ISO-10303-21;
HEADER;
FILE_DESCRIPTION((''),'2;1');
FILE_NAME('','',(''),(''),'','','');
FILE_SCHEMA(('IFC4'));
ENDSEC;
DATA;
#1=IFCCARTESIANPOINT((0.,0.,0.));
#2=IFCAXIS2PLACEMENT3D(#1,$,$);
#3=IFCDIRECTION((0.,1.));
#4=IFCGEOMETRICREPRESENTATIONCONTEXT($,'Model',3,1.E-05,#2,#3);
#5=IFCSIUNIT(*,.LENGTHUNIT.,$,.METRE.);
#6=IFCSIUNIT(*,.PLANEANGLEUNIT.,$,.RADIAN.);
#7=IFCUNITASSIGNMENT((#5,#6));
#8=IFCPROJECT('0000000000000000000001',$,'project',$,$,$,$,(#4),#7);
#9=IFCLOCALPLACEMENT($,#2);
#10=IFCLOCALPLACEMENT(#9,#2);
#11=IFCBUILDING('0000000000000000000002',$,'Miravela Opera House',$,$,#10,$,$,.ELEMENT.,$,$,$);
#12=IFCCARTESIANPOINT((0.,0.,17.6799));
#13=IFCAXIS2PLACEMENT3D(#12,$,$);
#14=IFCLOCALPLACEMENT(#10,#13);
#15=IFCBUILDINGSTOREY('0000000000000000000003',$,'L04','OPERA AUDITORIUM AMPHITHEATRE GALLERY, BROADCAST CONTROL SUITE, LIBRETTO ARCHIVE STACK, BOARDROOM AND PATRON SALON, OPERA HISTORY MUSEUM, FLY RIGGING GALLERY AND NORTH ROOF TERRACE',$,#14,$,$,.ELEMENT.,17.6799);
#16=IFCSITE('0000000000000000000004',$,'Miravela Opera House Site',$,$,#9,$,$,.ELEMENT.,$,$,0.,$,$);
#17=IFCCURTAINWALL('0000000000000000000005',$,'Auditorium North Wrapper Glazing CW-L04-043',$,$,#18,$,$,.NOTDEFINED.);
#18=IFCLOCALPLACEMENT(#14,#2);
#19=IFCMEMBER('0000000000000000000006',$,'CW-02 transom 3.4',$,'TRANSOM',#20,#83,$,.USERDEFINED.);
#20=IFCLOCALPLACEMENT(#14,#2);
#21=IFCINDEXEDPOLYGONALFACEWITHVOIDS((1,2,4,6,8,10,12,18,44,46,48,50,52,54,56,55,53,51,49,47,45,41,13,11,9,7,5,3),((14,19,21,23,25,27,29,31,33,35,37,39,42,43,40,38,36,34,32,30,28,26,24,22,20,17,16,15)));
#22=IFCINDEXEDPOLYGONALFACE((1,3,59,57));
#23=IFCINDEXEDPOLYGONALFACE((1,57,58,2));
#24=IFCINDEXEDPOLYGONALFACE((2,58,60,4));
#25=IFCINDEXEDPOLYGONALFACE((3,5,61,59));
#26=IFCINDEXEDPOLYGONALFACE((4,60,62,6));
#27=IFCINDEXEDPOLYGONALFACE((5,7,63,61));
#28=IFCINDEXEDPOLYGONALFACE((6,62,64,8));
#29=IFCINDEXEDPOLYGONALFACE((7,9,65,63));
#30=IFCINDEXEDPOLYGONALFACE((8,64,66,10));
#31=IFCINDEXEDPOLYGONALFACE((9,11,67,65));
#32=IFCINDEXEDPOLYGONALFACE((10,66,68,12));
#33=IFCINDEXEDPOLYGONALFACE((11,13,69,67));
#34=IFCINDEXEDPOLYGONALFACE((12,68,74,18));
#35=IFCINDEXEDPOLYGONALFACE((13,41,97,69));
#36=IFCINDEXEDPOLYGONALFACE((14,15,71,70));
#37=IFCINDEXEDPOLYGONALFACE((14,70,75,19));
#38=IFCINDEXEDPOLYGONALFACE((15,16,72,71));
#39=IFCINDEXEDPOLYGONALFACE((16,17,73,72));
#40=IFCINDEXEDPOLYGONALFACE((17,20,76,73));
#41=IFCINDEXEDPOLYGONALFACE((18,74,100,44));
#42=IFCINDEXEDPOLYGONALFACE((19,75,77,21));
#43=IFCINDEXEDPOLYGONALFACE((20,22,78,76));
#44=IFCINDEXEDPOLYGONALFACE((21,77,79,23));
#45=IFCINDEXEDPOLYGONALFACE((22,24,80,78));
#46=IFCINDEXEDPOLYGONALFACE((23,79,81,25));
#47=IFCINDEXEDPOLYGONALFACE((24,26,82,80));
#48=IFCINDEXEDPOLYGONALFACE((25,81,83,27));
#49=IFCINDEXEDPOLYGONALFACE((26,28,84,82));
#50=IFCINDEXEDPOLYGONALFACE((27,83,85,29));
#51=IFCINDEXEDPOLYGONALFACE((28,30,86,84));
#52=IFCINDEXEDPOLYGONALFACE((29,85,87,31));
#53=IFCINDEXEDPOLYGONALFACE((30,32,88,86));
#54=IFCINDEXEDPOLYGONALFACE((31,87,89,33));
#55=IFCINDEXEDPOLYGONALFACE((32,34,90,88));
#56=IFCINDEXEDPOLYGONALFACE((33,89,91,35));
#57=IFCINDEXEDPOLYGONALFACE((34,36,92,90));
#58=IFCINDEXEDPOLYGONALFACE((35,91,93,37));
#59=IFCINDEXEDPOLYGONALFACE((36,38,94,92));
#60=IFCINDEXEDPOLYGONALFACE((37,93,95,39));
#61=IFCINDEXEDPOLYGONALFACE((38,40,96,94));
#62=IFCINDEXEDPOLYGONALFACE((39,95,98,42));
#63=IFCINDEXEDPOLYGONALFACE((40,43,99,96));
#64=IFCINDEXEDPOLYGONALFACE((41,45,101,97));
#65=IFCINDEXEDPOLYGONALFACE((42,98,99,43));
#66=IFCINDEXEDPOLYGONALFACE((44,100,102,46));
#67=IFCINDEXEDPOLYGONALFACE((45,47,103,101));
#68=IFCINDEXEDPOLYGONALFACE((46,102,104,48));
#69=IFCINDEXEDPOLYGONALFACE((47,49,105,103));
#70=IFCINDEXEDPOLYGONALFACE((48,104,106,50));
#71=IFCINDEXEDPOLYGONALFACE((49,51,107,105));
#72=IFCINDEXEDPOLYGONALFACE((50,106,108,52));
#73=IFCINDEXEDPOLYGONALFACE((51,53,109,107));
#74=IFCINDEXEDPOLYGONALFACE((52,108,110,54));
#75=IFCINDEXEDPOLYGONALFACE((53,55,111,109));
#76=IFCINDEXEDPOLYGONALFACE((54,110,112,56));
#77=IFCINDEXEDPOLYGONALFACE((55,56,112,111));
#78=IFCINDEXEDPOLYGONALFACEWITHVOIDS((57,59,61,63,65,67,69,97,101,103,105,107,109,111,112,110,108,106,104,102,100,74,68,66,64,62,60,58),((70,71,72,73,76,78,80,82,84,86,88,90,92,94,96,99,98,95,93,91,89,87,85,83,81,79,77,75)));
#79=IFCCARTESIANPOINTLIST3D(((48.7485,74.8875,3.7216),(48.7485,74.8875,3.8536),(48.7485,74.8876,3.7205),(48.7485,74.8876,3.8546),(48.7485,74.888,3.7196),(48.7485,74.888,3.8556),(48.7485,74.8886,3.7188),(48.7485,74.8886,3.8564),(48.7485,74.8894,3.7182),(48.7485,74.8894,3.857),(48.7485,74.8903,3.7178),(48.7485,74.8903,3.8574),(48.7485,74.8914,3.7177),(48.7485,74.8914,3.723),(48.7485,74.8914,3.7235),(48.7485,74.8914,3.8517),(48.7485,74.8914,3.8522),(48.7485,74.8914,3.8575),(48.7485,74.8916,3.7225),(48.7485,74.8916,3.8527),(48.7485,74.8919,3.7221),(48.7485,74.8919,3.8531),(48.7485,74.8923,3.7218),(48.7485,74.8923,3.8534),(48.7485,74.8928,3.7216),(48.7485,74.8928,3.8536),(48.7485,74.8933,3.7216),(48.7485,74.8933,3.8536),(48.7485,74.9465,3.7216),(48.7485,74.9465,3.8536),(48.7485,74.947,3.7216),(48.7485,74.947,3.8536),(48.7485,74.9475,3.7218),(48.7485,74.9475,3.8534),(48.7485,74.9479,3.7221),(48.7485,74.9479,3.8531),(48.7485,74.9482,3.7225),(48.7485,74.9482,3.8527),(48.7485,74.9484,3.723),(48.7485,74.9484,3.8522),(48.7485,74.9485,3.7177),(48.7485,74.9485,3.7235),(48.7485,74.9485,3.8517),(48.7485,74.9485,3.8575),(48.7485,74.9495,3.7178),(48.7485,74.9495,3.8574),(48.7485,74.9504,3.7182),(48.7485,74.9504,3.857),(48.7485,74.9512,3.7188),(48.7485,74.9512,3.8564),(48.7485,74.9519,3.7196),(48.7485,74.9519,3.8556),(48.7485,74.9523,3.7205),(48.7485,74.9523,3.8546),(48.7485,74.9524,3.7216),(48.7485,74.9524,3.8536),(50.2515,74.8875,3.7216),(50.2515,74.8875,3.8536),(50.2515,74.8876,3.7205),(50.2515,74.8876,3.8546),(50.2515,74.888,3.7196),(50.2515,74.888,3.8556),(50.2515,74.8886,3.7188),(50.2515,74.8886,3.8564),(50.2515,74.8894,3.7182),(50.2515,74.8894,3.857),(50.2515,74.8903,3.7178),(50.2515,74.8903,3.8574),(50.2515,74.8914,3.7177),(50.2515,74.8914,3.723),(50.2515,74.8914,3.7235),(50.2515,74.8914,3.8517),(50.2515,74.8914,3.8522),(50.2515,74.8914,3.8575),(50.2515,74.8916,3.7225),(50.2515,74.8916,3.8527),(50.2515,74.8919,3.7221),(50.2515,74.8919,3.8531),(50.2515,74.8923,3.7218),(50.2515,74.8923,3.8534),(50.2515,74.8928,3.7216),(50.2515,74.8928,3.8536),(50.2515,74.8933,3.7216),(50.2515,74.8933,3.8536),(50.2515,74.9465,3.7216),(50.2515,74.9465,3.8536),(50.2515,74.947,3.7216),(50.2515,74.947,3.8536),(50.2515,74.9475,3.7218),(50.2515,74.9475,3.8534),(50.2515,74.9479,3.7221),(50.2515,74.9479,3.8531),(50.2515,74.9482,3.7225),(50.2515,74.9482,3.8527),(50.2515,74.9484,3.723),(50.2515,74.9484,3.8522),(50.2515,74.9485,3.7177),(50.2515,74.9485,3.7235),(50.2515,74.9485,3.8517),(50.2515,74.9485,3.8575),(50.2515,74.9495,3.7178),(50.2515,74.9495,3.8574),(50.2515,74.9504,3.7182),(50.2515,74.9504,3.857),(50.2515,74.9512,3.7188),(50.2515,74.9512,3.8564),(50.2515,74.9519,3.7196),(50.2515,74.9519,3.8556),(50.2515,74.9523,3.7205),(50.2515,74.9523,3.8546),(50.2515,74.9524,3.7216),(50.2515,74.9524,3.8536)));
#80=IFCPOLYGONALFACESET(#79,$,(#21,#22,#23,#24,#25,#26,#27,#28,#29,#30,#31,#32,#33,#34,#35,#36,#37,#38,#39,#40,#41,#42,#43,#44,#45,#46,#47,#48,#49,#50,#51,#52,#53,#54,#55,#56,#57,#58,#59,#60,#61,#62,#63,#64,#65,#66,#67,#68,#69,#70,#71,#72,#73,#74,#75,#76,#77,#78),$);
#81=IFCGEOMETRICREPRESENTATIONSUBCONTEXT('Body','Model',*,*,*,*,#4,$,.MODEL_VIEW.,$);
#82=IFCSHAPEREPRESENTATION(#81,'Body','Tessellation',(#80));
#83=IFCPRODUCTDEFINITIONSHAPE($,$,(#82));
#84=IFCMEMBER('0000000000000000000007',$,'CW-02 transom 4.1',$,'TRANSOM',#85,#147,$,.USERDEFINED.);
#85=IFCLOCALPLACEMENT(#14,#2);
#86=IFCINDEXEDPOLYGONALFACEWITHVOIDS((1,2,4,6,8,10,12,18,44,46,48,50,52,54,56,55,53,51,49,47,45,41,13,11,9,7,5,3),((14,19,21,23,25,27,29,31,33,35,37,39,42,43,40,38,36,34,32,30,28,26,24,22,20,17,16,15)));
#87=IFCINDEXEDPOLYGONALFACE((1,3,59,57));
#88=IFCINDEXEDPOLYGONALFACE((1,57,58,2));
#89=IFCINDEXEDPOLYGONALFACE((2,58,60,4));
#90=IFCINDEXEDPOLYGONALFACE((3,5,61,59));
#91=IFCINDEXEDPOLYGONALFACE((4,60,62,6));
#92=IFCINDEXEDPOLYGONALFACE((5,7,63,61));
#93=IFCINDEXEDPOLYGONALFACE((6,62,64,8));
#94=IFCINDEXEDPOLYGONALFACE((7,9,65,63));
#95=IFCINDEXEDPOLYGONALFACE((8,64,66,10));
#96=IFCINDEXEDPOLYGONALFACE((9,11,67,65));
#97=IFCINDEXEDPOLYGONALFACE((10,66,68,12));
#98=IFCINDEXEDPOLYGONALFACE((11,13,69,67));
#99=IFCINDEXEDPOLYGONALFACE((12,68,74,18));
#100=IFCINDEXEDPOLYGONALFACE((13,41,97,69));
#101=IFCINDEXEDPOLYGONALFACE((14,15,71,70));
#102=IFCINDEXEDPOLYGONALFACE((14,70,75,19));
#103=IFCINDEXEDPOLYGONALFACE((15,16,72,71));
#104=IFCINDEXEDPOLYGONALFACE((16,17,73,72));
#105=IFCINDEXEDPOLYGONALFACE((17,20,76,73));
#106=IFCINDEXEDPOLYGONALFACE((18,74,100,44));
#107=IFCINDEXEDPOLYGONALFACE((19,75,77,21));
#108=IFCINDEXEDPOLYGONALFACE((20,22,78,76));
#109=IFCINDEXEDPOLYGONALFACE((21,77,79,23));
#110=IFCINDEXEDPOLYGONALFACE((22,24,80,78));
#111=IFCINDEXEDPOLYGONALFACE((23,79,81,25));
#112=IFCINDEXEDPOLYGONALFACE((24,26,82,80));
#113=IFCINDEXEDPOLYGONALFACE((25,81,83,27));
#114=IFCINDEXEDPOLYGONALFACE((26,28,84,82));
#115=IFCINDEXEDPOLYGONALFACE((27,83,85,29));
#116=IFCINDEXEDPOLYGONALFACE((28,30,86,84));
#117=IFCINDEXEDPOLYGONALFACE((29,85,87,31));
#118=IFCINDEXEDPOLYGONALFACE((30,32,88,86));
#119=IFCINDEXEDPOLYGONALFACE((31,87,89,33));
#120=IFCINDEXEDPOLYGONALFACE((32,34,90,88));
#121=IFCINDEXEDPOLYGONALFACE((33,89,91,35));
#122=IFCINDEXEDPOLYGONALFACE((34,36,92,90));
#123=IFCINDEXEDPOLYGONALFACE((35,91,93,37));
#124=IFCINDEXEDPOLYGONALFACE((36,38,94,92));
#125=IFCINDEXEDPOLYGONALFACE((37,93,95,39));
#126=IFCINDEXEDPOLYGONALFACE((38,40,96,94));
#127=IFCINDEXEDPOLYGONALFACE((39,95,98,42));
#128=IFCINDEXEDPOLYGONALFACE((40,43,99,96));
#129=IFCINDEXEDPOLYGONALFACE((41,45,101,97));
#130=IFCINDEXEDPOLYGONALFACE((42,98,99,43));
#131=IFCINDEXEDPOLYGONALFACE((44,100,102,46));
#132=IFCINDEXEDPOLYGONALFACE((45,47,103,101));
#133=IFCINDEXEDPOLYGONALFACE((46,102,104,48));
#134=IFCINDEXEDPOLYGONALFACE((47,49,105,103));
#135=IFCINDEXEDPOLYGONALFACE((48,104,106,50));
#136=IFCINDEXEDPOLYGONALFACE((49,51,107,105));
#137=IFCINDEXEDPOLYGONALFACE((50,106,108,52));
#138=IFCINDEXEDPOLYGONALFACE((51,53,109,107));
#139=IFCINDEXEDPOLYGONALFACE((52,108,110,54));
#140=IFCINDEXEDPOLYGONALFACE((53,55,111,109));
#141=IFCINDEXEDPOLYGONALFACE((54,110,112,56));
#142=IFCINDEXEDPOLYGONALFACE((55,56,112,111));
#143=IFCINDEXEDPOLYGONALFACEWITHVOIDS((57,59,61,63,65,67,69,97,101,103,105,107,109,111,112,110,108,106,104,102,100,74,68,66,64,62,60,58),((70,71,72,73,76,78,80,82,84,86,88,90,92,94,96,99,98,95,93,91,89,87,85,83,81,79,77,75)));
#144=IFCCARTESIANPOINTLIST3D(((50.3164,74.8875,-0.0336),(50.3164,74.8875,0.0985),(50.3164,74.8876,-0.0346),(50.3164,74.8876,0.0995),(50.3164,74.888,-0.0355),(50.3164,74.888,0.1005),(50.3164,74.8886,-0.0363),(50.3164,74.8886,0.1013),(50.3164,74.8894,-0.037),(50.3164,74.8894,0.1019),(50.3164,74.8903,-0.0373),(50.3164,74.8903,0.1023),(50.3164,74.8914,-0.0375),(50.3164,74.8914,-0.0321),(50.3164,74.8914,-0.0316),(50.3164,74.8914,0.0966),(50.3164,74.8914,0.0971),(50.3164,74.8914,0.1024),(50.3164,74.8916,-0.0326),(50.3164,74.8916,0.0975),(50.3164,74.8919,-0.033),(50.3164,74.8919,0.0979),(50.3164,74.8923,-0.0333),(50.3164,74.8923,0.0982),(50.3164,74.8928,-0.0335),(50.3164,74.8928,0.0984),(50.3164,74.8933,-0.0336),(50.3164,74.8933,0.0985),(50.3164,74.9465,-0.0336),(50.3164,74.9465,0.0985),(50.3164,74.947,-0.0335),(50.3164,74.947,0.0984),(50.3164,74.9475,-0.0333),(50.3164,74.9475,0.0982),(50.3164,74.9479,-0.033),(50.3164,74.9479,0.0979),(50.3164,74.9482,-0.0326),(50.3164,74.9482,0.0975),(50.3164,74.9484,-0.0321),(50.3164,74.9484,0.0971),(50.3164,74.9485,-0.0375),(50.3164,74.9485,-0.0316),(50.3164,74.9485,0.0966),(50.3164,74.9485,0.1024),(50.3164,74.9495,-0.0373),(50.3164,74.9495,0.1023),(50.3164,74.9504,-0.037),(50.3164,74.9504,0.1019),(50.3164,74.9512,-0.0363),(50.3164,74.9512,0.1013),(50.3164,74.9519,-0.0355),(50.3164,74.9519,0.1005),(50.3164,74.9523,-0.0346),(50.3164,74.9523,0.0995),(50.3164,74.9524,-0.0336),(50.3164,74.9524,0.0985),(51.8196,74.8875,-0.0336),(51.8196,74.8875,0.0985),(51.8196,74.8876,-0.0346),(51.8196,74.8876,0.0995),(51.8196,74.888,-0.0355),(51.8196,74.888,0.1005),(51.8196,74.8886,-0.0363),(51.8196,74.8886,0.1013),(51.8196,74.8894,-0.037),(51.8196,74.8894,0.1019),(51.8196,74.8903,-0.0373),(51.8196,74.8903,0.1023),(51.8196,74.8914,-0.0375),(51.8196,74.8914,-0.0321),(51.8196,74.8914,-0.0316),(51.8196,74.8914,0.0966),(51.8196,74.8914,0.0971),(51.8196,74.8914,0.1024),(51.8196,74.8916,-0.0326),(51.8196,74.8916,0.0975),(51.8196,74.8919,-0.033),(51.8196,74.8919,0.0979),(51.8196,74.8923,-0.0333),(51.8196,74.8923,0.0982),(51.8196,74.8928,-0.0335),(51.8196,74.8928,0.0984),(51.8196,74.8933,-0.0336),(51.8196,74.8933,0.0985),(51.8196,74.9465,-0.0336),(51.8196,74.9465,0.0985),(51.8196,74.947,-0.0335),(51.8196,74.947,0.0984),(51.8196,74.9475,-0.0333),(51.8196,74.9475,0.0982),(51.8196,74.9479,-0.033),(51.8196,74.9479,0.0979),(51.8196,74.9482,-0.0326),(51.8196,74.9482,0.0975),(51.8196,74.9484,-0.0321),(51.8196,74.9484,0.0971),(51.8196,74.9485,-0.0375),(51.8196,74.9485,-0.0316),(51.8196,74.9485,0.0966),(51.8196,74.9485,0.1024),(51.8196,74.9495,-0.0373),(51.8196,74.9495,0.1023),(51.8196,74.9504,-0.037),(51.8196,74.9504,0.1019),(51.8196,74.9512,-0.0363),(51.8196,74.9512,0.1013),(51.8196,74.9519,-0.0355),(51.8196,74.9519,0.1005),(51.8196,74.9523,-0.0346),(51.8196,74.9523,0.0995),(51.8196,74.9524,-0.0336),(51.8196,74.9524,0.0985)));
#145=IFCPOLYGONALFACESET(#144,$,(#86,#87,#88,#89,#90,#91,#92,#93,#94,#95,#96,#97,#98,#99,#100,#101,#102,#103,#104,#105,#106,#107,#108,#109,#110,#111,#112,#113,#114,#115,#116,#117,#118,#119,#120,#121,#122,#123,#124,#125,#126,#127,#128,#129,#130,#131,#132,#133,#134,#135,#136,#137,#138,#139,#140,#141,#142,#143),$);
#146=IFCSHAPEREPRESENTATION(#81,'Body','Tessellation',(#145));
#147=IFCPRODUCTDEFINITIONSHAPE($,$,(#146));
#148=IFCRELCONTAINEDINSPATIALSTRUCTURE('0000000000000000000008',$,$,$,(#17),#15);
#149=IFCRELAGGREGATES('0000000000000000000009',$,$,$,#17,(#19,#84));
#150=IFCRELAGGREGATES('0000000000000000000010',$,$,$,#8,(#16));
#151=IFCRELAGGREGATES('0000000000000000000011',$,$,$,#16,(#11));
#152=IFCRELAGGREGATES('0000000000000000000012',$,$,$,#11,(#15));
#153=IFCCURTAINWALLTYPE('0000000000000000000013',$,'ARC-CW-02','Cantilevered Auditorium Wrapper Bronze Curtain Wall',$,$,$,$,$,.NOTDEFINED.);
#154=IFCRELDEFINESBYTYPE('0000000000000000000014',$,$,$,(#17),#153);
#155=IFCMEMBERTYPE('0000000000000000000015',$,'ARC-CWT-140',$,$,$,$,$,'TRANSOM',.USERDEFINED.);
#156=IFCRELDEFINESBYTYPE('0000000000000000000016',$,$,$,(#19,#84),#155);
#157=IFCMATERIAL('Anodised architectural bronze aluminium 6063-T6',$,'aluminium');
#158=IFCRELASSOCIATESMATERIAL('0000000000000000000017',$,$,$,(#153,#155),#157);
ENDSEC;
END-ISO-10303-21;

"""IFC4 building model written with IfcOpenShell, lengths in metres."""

from ifc_helpers import new_model, si_unit, direction, frame, origin, origin_2d, place, context, subcontext, project, spatial, hollow_rectangle, extrude, material, material_profile, profile_set, type_object, element, aggregate, save


model = new_model("IFC4")

# Units and contexts
model_context = context("Model", 3, precision=1e-05, world=origin(), true_north=direction((0.0, 1.0)))
body_context = subcontext(model_context, "Body", "Model", "MODEL_VIEW")
ifc_project = project(units=[si_unit("LENGTHUNIT", "METRE"), si_unit("PLANEANGLEUNIT", "RADIAN")], contexts=[model_context])

# Site, building, storey
site_placement = place(None, origin())
site = spatial("IfcSite", under=ifc_project, at=site_placement, Name="Miravela Opera House Site", CompositionType="ELEMENT", RefElevation=0.0)
building_placement = place(site_placement, origin())
building = spatial("IfcBuilding", under=site, at=building_placement, Name="Miravela Opera House", CompositionType="ELEMENT")
storey_placement = place(building_placement, frame((0.0, 0.0, 17.6799)))
storey = spatial("IfcBuildingStorey", under=building, at=storey_placement, Name="L04", Description="OPERA AUDITORIUM AMPHITHEATRE GALLERY, BROADCAST CONTROL SUITE, LIBRETTO ARCHIVE STACK, BOARDROOM AND PATRON SALON, OPERA HISTORY MUSEUM, FLY RIGGING GALLERY AND NORTH ROOF TERRACE", CompositionType="ELEMENT", Elevation=17.6799)

# Curtain wall, members
ifc_material_1 = material(Name="Anodised architectural bronze aluminium 6063-T6", Category="aluminium")
curtain_wall_type = type_object("IfcCurtainWallType", Name="ARC-CW-02", Description="Cantilevered Auditorium Wrapper Bronze Curtain Wall", PredefinedType="NOTDEFINED", material=ifc_material_1)
curtain_wall_placement = place(storey_placement, origin())
curtain_wall = element("IfcCurtainWall", 1, at=curtain_wall_placement, inside=storey, type_object=curtain_wall_type, Name="Auditorium North Wrapper Glazing CW-L04-043", PredefinedType="NOTDEFINED")
ifc_material_profile_1 = material_profile(ifc_material_1, hollow_rectangle(XDim=0.0649, YDim=0.1399, WallThickness=0.0039, InnerFilletRadius=0.002, OuterFilletRadius=0.0039, at=origin_2d()), Name="CWT-65X140")
ifc_profile_set_1 = profile_set([ifc_material_profile_1])
member_type_1 = type_object("IfcMemberType", Name="ARC-CWT-140", ElementType="TRANSOM", PredefinedType="USERDEFINED", material=ifc_profile_set_1)
member_1_placement = place(storey_placement, frame((48.7485, 74.9199, 3.7876), z_axis=(1.0, 0.0, 0.0), x_axis=(0.0, 1.0, 0.0)))
member_1 = element("IfcMember", 2, at=member_1_placement, type_object=member_type_1, Name="CW-02 transom 3.4", ObjectType="TRANSOM", PredefinedType="USERDEFINED", context=body_context, shape_type="SweptSolid", body=[
    extrude(hollow_rectangle(XDim=0.0649, YDim=0.1399, WallThickness=0.0039, InnerFilletRadius=0.002, OuterFilletRadius=0.0039, at=origin_2d()), origin(), (0.0, 0.0, 1.0), 1.5029),
])
member_2_placement = place(storey_placement, frame((50.3164, 74.9199, 0.0325), z_axis=(1.0, 0.0, 0.0), x_axis=(0.0, 1.0, 0.0)))
member_2 = element("IfcMember", 3, at=member_2_placement, type_object=member_type_1, Name="CW-02 transom 4.1", ObjectType="TRANSOM", PredefinedType="USERDEFINED", context=body_context, shape_type="SweptSolid", body=[
    extrude(hollow_rectangle(XDim=0.0649, YDim=0.1399, WallThickness=0.0039, InnerFilletRadius=0.002, OuterFilletRadius=0.0039, at=origin_2d()), origin(), (0.0, 0.0, 1.0), 1.5032),
])
aggregate(curtain_wall, [member_1, member_2])

save(model, "model.ifc")
